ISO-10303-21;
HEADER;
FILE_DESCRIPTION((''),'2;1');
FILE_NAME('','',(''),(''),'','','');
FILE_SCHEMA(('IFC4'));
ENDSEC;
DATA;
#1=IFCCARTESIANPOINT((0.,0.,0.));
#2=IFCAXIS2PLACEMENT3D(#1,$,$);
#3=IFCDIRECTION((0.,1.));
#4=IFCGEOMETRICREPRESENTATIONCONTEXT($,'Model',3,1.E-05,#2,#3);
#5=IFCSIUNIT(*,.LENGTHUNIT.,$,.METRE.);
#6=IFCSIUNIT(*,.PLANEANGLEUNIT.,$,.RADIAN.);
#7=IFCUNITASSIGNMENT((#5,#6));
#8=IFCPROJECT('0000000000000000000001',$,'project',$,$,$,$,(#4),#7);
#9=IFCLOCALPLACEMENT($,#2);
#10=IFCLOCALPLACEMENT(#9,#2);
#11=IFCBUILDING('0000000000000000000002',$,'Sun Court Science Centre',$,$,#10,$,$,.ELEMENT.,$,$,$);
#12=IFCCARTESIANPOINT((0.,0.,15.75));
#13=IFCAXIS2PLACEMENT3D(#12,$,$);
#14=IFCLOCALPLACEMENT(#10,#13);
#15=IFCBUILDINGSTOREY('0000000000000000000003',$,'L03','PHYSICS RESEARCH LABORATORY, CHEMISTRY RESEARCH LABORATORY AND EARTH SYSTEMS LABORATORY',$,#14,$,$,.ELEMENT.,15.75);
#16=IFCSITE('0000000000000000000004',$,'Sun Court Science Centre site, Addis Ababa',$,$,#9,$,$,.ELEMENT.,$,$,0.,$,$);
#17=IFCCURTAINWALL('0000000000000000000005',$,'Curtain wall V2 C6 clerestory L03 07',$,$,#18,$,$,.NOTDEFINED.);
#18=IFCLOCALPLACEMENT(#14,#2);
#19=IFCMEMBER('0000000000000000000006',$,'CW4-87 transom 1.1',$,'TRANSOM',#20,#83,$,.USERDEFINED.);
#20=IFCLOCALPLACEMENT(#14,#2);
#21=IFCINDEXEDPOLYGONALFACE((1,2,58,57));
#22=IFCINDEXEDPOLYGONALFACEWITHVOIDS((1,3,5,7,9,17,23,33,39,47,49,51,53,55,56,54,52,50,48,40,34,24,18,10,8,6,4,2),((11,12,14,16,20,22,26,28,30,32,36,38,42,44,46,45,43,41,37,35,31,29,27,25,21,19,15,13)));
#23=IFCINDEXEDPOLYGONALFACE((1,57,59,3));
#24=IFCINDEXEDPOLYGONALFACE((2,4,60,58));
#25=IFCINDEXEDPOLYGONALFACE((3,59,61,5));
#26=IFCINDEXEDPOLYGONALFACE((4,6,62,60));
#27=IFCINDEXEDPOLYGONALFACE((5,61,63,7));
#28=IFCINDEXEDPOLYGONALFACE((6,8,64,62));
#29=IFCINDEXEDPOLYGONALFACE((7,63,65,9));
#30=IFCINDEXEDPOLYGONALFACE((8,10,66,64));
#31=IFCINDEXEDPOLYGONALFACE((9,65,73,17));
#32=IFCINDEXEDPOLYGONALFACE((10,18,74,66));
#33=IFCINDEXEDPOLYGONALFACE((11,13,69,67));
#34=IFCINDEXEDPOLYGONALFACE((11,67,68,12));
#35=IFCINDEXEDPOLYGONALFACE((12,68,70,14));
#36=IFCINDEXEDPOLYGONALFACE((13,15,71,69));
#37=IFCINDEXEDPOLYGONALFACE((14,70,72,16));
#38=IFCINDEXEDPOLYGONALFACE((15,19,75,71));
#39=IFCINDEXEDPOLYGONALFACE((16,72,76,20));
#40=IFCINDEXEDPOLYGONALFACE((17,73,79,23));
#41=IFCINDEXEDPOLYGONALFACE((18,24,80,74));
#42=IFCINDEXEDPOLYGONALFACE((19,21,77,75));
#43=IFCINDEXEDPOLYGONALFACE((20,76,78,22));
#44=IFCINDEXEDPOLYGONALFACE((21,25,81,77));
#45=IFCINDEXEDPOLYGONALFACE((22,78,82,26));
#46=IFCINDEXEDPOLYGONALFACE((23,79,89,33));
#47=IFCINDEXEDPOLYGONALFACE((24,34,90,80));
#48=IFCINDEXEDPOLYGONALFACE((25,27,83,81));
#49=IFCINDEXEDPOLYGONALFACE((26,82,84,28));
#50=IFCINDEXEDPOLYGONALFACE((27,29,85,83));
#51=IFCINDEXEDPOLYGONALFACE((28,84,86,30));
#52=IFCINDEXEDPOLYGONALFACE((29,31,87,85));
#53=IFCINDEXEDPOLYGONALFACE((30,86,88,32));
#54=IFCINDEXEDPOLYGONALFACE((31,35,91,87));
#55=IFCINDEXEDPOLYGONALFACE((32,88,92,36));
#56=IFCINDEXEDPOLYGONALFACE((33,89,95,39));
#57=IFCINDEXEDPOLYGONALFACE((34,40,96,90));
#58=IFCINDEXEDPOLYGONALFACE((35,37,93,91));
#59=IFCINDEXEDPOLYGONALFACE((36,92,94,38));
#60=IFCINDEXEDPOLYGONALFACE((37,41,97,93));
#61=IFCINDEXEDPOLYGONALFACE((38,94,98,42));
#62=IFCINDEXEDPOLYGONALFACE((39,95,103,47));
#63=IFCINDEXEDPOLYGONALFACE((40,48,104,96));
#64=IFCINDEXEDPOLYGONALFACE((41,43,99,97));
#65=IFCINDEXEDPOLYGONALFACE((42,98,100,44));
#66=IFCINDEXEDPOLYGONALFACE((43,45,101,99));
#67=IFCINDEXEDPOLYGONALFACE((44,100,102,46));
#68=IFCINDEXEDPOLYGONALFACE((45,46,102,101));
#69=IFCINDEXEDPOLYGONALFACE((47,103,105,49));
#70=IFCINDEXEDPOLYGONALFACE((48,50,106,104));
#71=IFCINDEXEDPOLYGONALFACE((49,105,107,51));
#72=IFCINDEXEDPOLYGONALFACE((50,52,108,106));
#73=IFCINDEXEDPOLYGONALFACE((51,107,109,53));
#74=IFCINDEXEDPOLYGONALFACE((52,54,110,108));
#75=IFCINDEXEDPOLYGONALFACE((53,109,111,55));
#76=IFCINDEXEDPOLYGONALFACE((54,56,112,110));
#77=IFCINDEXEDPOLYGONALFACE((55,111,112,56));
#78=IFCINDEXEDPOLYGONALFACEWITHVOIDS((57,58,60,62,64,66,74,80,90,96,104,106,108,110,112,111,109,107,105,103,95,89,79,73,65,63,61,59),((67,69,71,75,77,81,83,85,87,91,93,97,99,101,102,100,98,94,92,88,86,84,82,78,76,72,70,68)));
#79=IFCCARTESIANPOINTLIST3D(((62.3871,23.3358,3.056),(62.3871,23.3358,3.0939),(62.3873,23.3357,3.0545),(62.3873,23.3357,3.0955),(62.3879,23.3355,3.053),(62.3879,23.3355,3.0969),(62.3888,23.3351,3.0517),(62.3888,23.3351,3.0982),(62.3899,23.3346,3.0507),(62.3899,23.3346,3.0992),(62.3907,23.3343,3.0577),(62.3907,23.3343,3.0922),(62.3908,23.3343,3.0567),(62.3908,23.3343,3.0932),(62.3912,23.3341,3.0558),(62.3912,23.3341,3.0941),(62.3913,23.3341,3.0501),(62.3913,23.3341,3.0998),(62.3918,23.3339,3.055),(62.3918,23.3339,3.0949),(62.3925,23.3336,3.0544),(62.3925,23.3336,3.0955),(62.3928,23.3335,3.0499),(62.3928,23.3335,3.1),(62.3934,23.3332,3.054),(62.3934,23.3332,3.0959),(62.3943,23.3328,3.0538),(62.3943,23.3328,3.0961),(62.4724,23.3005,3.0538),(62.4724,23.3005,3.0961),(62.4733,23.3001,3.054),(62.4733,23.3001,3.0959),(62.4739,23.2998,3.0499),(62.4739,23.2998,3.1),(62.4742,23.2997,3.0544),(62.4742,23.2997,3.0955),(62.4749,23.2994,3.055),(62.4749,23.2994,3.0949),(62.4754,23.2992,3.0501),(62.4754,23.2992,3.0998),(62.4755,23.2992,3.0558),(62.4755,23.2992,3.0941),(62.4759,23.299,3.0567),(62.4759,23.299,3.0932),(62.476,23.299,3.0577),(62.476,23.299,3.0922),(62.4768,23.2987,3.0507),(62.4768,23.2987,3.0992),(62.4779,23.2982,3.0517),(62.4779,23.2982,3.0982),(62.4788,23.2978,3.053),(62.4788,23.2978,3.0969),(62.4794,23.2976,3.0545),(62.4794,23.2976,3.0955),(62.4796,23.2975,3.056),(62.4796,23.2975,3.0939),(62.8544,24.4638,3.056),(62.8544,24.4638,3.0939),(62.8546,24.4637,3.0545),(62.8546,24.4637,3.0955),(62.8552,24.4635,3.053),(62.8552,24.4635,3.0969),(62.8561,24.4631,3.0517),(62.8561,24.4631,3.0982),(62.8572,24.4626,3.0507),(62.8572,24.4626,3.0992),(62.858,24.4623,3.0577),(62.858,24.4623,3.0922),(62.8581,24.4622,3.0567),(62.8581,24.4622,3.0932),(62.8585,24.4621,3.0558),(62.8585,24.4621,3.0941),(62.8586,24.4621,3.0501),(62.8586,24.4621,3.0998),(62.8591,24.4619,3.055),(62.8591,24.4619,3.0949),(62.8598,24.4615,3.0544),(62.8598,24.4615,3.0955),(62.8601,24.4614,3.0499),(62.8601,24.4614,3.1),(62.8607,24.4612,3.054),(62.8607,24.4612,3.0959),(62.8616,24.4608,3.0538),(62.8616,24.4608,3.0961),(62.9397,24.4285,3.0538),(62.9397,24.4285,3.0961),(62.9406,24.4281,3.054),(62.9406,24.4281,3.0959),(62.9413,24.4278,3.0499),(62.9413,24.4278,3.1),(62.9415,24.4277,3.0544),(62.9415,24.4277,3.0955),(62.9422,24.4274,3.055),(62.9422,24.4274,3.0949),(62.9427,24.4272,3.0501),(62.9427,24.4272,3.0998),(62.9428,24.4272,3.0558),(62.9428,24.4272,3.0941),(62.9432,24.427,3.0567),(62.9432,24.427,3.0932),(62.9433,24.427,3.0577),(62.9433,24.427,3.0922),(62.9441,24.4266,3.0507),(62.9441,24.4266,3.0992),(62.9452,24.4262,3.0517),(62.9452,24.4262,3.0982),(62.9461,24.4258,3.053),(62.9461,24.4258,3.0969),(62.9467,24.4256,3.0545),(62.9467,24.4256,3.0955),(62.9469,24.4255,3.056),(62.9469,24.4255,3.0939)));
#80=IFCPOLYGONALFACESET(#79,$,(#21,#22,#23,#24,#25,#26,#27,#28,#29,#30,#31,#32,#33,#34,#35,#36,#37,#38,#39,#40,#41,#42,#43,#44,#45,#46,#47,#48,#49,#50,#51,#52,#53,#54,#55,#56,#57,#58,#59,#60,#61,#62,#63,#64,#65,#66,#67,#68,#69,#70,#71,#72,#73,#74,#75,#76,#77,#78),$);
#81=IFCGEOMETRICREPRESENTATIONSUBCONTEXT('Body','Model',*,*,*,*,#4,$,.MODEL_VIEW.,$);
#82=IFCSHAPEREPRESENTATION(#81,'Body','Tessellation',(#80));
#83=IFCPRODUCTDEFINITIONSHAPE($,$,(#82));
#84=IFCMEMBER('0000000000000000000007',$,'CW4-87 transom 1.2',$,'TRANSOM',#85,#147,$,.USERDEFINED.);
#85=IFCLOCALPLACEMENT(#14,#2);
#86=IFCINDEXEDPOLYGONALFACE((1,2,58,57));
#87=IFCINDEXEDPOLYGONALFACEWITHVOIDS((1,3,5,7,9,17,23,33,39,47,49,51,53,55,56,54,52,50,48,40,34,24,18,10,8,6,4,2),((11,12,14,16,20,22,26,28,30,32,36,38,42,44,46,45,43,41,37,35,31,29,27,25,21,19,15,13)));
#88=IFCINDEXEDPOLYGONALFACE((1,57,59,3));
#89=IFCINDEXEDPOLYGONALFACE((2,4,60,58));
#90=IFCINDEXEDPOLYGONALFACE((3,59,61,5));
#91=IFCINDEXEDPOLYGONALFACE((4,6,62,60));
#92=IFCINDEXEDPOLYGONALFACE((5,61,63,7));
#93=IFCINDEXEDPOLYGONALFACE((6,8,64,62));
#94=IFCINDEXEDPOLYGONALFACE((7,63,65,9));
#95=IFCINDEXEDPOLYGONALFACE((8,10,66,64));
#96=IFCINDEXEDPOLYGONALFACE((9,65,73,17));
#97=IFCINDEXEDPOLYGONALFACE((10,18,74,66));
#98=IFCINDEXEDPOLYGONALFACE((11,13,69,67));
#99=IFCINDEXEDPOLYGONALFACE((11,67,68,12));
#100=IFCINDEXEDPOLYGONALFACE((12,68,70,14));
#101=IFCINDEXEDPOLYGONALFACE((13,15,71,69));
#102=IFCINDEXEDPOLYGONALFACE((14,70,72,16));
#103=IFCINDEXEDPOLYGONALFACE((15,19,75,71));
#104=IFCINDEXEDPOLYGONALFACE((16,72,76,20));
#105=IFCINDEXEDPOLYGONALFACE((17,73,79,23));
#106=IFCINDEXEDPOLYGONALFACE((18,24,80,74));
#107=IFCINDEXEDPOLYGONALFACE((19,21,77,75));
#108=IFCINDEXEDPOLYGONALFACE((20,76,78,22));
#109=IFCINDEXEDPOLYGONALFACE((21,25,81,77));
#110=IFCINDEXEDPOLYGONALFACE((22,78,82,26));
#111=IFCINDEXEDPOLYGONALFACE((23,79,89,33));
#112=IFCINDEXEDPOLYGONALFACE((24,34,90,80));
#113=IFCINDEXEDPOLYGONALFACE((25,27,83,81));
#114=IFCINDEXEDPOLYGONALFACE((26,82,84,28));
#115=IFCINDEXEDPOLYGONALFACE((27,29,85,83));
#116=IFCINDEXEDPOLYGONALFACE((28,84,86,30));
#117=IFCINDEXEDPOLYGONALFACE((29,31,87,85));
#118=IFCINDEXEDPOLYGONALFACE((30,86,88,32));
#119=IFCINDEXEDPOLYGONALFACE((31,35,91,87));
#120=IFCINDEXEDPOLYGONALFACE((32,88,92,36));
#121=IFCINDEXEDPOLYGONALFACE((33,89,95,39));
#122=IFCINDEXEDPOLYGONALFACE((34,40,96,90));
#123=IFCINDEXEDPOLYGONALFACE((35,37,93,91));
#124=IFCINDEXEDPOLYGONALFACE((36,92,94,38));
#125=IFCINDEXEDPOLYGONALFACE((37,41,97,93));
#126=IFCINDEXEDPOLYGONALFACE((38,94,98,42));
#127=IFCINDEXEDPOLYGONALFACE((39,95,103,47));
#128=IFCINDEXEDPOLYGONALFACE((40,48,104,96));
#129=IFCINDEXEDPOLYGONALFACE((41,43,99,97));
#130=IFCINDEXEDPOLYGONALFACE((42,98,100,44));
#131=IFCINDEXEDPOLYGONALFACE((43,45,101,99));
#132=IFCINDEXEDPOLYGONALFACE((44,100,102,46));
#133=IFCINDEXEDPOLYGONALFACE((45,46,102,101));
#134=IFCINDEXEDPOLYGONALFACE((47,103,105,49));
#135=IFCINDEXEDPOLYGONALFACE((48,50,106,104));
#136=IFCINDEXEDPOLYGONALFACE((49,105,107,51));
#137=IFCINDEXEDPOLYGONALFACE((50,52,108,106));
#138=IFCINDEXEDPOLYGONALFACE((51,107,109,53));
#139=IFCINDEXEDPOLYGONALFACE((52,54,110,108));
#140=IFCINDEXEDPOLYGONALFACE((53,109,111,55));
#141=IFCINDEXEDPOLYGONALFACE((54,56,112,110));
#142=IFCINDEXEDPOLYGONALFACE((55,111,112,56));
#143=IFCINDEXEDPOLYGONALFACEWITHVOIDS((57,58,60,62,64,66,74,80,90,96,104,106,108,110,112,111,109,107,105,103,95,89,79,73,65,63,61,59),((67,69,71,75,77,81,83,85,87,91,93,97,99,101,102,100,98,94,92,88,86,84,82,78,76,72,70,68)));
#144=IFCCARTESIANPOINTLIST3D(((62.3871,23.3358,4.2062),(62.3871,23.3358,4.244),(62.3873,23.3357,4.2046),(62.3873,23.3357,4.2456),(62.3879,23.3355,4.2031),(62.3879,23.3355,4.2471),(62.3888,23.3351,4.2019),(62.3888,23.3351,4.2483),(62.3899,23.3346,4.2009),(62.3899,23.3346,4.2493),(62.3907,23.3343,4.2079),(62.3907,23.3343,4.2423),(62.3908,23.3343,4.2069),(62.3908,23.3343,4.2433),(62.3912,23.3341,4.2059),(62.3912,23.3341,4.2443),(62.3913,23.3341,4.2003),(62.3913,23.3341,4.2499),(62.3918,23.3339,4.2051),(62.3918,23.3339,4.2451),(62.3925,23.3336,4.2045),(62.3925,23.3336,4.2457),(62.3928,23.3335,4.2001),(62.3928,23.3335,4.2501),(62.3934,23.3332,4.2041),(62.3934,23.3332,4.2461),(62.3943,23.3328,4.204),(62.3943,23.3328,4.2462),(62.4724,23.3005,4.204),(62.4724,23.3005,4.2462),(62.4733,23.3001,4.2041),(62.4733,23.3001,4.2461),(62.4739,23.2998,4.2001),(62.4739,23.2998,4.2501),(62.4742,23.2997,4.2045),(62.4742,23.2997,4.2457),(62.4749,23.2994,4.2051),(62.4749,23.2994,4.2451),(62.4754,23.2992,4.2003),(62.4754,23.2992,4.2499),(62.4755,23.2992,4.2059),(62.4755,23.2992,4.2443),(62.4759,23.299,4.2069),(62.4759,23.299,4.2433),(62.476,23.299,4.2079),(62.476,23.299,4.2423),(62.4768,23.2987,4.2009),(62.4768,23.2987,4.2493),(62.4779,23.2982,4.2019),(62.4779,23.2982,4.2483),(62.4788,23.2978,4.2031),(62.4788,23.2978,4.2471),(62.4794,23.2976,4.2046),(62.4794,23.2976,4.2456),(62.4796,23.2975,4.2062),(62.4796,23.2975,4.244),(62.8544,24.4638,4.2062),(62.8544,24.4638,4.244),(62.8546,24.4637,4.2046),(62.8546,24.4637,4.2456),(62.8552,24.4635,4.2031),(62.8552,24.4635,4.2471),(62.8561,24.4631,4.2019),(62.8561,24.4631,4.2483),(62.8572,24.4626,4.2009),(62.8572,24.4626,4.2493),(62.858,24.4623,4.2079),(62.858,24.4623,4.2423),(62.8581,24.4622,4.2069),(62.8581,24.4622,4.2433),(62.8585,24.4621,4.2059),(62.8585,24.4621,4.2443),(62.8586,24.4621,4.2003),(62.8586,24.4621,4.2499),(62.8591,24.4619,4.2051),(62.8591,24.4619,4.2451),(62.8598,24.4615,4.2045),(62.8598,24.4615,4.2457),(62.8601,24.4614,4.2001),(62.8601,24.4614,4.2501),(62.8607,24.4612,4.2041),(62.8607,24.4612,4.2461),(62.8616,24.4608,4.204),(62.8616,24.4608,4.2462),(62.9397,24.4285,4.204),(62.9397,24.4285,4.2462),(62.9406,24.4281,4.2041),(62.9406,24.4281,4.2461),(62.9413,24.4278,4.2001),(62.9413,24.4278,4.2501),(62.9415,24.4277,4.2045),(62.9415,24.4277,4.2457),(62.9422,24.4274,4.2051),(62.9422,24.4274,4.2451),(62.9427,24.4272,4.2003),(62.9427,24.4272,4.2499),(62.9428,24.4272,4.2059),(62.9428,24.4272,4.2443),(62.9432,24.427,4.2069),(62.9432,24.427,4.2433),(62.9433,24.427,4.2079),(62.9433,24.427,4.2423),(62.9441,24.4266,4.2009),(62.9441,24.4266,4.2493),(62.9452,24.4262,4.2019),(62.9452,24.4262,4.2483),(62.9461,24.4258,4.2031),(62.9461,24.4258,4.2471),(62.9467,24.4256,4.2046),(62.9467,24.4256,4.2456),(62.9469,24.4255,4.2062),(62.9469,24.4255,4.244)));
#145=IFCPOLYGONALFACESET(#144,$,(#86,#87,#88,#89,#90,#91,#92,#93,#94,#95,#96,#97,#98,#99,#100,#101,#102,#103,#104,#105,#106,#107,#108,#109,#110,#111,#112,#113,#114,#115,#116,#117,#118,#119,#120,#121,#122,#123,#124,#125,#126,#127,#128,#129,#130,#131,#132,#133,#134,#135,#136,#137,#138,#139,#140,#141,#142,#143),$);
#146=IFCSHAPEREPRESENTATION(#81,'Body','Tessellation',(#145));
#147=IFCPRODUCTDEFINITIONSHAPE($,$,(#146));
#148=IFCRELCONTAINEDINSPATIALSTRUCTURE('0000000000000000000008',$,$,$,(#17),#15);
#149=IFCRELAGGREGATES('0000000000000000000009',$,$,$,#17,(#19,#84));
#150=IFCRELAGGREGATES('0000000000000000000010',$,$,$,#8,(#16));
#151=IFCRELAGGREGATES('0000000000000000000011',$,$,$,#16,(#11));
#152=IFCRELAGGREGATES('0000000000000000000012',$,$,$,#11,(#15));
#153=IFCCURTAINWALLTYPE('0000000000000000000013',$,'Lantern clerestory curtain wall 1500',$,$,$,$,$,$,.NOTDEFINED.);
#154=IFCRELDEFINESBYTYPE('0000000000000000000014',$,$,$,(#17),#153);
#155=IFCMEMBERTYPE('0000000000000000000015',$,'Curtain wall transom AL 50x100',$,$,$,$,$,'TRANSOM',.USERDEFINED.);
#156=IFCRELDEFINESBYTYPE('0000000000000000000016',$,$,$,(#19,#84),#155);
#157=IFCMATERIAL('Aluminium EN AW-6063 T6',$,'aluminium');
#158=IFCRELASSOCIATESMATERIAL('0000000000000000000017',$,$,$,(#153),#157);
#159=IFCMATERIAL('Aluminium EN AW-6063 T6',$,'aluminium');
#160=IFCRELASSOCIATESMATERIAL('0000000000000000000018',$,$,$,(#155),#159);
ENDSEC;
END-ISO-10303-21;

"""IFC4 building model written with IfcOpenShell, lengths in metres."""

from ifc_helpers import new_model, si_unit, direction, frame, origin, origin_2d, place, context, subcontext, project, spatial, hollow_rectangle, extrude, material, material_profile, profile_set, type_object, element, aggregate, save


model = new_model("IFC4")

# Units and contexts
model_context = context("Model", 3, precision=1e-05, world=origin(), true_north=direction((0.0, 1.0)))
body_context = subcontext(model_context, "Body", "Model", "MODEL_VIEW")
ifc_project = project(units=[si_unit("LENGTHUNIT", "METRE"), si_unit("PLANEANGLEUNIT", "RADIAN")], contexts=[model_context])

# Site, building, storey
site_placement = place(None, origin())
site = spatial("IfcSite", under=ifc_project, at=site_placement, Name="Sun Court Science Centre site, Addis Ababa", CompositionType="ELEMENT", RefElevation=0.0)
building_placement = place(site_placement, origin())
building = spatial("IfcBuilding", under=site, at=building_placement, Name="Sun Court Science Centre", CompositionType="ELEMENT")
storey_placement = place(building_placement, frame((0.0, 0.0, 15.75)))
storey = spatial("IfcBuildingStorey", under=building, at=storey_placement, Name="L03", Description="PHYSICS RESEARCH LABORATORY, CHEMISTRY RESEARCH LABORATORY AND EARTH SYSTEMS LABORATORY", CompositionType="ELEMENT", Elevation=15.75)

# Shared definitions
ifc_material_1 = material(Name="Aluminium EN AW-6063 T6", Category="aluminium")
curtain_wall_type = type_object("IfcCurtainWallType", Name="Lantern clerestory curtain wall 1500", PredefinedType="NOTDEFINED", material=ifc_material_1)

# Curtain wall
curtain_wall_1_placement = place(storey_placement, origin())
curtain_wall_1 = element("IfcCurtainWall", 1, at=curtain_wall_1_placement, inside=storey, type_object=curtain_wall_type, Name="Curtain wall V2 C6 clerestory L03 07", PredefinedType="NOTDEFINED")

# Members
ifc_material_2 = material(Name="Aluminium EN AW-6063 T6", Category="aluminium")
ifc_material_profile_1 = material_profile(ifc_material_2, hollow_rectangle(XDim=0.05, YDim=0.1001, WallThickness=0.0039, InnerFilletRadius=0.0039, OuterFilletRadius=0.0061, at=origin_2d()), Name="AL 50x100x4")
ifc_profile_set_1 = profile_set([ifc_material_profile_1], Name="Aluminium EN AW-6063 T6")
member_type_1 = type_object("IfcMemberType", Name="Curtain wall transom AL 50x100", ElementType="TRANSOM", PredefinedType="USERDEFINED", material=ifc_profile_set_1)
member_1_placement = place(storey_placement, frame((62.4333, 23.3167, 3.075), z_axis=(0.38274, 0.923856, 0.0), x_axis=(0.0, 0.0, 1.0)))
member_1 = element("IfcMember", 2, at=member_1_placement, type_object=member_type_1, Name="CW4-87 transom 1.1", ObjectType="TRANSOM", PredefinedType="USERDEFINED", context=body_context, shape_type="SweptSolid", body=[
    extrude(hollow_rectangle(XDim=0.05, YDim=0.1001, WallThickness=0.0039, InnerFilletRadius=0.0039, OuterFilletRadius=0.0061, at=origin_2d()), origin(), (0.0, 0.0, 1.0), 1.2209),
])
member_2_placement = place(storey_placement, frame((62.4333, 23.3167, 4.2251), z_axis=(0.38274, 0.923856, 0.0), x_axis=(0.0, 0.0, 1.0)))
member_2 = element("IfcMember", 3, at=member_2_placement, type_object=member_type_1, Name="CW4-87 transom 1.2", ObjectType="TRANSOM", PredefinedType="USERDEFINED", context=body_context, shape_type="SweptSolid", body=[
    extrude(hollow_rectangle(XDim=0.05, YDim=0.1001, WallThickness=0.0039, InnerFilletRadius=0.0039, OuterFilletRadius=0.0061, at=origin_2d()), origin(), (0.0, 0.0, 1.0), 1.2209),
])

aggregate(curtain_wall_1, [member_1, member_2])

save(model, "model.ifc")
